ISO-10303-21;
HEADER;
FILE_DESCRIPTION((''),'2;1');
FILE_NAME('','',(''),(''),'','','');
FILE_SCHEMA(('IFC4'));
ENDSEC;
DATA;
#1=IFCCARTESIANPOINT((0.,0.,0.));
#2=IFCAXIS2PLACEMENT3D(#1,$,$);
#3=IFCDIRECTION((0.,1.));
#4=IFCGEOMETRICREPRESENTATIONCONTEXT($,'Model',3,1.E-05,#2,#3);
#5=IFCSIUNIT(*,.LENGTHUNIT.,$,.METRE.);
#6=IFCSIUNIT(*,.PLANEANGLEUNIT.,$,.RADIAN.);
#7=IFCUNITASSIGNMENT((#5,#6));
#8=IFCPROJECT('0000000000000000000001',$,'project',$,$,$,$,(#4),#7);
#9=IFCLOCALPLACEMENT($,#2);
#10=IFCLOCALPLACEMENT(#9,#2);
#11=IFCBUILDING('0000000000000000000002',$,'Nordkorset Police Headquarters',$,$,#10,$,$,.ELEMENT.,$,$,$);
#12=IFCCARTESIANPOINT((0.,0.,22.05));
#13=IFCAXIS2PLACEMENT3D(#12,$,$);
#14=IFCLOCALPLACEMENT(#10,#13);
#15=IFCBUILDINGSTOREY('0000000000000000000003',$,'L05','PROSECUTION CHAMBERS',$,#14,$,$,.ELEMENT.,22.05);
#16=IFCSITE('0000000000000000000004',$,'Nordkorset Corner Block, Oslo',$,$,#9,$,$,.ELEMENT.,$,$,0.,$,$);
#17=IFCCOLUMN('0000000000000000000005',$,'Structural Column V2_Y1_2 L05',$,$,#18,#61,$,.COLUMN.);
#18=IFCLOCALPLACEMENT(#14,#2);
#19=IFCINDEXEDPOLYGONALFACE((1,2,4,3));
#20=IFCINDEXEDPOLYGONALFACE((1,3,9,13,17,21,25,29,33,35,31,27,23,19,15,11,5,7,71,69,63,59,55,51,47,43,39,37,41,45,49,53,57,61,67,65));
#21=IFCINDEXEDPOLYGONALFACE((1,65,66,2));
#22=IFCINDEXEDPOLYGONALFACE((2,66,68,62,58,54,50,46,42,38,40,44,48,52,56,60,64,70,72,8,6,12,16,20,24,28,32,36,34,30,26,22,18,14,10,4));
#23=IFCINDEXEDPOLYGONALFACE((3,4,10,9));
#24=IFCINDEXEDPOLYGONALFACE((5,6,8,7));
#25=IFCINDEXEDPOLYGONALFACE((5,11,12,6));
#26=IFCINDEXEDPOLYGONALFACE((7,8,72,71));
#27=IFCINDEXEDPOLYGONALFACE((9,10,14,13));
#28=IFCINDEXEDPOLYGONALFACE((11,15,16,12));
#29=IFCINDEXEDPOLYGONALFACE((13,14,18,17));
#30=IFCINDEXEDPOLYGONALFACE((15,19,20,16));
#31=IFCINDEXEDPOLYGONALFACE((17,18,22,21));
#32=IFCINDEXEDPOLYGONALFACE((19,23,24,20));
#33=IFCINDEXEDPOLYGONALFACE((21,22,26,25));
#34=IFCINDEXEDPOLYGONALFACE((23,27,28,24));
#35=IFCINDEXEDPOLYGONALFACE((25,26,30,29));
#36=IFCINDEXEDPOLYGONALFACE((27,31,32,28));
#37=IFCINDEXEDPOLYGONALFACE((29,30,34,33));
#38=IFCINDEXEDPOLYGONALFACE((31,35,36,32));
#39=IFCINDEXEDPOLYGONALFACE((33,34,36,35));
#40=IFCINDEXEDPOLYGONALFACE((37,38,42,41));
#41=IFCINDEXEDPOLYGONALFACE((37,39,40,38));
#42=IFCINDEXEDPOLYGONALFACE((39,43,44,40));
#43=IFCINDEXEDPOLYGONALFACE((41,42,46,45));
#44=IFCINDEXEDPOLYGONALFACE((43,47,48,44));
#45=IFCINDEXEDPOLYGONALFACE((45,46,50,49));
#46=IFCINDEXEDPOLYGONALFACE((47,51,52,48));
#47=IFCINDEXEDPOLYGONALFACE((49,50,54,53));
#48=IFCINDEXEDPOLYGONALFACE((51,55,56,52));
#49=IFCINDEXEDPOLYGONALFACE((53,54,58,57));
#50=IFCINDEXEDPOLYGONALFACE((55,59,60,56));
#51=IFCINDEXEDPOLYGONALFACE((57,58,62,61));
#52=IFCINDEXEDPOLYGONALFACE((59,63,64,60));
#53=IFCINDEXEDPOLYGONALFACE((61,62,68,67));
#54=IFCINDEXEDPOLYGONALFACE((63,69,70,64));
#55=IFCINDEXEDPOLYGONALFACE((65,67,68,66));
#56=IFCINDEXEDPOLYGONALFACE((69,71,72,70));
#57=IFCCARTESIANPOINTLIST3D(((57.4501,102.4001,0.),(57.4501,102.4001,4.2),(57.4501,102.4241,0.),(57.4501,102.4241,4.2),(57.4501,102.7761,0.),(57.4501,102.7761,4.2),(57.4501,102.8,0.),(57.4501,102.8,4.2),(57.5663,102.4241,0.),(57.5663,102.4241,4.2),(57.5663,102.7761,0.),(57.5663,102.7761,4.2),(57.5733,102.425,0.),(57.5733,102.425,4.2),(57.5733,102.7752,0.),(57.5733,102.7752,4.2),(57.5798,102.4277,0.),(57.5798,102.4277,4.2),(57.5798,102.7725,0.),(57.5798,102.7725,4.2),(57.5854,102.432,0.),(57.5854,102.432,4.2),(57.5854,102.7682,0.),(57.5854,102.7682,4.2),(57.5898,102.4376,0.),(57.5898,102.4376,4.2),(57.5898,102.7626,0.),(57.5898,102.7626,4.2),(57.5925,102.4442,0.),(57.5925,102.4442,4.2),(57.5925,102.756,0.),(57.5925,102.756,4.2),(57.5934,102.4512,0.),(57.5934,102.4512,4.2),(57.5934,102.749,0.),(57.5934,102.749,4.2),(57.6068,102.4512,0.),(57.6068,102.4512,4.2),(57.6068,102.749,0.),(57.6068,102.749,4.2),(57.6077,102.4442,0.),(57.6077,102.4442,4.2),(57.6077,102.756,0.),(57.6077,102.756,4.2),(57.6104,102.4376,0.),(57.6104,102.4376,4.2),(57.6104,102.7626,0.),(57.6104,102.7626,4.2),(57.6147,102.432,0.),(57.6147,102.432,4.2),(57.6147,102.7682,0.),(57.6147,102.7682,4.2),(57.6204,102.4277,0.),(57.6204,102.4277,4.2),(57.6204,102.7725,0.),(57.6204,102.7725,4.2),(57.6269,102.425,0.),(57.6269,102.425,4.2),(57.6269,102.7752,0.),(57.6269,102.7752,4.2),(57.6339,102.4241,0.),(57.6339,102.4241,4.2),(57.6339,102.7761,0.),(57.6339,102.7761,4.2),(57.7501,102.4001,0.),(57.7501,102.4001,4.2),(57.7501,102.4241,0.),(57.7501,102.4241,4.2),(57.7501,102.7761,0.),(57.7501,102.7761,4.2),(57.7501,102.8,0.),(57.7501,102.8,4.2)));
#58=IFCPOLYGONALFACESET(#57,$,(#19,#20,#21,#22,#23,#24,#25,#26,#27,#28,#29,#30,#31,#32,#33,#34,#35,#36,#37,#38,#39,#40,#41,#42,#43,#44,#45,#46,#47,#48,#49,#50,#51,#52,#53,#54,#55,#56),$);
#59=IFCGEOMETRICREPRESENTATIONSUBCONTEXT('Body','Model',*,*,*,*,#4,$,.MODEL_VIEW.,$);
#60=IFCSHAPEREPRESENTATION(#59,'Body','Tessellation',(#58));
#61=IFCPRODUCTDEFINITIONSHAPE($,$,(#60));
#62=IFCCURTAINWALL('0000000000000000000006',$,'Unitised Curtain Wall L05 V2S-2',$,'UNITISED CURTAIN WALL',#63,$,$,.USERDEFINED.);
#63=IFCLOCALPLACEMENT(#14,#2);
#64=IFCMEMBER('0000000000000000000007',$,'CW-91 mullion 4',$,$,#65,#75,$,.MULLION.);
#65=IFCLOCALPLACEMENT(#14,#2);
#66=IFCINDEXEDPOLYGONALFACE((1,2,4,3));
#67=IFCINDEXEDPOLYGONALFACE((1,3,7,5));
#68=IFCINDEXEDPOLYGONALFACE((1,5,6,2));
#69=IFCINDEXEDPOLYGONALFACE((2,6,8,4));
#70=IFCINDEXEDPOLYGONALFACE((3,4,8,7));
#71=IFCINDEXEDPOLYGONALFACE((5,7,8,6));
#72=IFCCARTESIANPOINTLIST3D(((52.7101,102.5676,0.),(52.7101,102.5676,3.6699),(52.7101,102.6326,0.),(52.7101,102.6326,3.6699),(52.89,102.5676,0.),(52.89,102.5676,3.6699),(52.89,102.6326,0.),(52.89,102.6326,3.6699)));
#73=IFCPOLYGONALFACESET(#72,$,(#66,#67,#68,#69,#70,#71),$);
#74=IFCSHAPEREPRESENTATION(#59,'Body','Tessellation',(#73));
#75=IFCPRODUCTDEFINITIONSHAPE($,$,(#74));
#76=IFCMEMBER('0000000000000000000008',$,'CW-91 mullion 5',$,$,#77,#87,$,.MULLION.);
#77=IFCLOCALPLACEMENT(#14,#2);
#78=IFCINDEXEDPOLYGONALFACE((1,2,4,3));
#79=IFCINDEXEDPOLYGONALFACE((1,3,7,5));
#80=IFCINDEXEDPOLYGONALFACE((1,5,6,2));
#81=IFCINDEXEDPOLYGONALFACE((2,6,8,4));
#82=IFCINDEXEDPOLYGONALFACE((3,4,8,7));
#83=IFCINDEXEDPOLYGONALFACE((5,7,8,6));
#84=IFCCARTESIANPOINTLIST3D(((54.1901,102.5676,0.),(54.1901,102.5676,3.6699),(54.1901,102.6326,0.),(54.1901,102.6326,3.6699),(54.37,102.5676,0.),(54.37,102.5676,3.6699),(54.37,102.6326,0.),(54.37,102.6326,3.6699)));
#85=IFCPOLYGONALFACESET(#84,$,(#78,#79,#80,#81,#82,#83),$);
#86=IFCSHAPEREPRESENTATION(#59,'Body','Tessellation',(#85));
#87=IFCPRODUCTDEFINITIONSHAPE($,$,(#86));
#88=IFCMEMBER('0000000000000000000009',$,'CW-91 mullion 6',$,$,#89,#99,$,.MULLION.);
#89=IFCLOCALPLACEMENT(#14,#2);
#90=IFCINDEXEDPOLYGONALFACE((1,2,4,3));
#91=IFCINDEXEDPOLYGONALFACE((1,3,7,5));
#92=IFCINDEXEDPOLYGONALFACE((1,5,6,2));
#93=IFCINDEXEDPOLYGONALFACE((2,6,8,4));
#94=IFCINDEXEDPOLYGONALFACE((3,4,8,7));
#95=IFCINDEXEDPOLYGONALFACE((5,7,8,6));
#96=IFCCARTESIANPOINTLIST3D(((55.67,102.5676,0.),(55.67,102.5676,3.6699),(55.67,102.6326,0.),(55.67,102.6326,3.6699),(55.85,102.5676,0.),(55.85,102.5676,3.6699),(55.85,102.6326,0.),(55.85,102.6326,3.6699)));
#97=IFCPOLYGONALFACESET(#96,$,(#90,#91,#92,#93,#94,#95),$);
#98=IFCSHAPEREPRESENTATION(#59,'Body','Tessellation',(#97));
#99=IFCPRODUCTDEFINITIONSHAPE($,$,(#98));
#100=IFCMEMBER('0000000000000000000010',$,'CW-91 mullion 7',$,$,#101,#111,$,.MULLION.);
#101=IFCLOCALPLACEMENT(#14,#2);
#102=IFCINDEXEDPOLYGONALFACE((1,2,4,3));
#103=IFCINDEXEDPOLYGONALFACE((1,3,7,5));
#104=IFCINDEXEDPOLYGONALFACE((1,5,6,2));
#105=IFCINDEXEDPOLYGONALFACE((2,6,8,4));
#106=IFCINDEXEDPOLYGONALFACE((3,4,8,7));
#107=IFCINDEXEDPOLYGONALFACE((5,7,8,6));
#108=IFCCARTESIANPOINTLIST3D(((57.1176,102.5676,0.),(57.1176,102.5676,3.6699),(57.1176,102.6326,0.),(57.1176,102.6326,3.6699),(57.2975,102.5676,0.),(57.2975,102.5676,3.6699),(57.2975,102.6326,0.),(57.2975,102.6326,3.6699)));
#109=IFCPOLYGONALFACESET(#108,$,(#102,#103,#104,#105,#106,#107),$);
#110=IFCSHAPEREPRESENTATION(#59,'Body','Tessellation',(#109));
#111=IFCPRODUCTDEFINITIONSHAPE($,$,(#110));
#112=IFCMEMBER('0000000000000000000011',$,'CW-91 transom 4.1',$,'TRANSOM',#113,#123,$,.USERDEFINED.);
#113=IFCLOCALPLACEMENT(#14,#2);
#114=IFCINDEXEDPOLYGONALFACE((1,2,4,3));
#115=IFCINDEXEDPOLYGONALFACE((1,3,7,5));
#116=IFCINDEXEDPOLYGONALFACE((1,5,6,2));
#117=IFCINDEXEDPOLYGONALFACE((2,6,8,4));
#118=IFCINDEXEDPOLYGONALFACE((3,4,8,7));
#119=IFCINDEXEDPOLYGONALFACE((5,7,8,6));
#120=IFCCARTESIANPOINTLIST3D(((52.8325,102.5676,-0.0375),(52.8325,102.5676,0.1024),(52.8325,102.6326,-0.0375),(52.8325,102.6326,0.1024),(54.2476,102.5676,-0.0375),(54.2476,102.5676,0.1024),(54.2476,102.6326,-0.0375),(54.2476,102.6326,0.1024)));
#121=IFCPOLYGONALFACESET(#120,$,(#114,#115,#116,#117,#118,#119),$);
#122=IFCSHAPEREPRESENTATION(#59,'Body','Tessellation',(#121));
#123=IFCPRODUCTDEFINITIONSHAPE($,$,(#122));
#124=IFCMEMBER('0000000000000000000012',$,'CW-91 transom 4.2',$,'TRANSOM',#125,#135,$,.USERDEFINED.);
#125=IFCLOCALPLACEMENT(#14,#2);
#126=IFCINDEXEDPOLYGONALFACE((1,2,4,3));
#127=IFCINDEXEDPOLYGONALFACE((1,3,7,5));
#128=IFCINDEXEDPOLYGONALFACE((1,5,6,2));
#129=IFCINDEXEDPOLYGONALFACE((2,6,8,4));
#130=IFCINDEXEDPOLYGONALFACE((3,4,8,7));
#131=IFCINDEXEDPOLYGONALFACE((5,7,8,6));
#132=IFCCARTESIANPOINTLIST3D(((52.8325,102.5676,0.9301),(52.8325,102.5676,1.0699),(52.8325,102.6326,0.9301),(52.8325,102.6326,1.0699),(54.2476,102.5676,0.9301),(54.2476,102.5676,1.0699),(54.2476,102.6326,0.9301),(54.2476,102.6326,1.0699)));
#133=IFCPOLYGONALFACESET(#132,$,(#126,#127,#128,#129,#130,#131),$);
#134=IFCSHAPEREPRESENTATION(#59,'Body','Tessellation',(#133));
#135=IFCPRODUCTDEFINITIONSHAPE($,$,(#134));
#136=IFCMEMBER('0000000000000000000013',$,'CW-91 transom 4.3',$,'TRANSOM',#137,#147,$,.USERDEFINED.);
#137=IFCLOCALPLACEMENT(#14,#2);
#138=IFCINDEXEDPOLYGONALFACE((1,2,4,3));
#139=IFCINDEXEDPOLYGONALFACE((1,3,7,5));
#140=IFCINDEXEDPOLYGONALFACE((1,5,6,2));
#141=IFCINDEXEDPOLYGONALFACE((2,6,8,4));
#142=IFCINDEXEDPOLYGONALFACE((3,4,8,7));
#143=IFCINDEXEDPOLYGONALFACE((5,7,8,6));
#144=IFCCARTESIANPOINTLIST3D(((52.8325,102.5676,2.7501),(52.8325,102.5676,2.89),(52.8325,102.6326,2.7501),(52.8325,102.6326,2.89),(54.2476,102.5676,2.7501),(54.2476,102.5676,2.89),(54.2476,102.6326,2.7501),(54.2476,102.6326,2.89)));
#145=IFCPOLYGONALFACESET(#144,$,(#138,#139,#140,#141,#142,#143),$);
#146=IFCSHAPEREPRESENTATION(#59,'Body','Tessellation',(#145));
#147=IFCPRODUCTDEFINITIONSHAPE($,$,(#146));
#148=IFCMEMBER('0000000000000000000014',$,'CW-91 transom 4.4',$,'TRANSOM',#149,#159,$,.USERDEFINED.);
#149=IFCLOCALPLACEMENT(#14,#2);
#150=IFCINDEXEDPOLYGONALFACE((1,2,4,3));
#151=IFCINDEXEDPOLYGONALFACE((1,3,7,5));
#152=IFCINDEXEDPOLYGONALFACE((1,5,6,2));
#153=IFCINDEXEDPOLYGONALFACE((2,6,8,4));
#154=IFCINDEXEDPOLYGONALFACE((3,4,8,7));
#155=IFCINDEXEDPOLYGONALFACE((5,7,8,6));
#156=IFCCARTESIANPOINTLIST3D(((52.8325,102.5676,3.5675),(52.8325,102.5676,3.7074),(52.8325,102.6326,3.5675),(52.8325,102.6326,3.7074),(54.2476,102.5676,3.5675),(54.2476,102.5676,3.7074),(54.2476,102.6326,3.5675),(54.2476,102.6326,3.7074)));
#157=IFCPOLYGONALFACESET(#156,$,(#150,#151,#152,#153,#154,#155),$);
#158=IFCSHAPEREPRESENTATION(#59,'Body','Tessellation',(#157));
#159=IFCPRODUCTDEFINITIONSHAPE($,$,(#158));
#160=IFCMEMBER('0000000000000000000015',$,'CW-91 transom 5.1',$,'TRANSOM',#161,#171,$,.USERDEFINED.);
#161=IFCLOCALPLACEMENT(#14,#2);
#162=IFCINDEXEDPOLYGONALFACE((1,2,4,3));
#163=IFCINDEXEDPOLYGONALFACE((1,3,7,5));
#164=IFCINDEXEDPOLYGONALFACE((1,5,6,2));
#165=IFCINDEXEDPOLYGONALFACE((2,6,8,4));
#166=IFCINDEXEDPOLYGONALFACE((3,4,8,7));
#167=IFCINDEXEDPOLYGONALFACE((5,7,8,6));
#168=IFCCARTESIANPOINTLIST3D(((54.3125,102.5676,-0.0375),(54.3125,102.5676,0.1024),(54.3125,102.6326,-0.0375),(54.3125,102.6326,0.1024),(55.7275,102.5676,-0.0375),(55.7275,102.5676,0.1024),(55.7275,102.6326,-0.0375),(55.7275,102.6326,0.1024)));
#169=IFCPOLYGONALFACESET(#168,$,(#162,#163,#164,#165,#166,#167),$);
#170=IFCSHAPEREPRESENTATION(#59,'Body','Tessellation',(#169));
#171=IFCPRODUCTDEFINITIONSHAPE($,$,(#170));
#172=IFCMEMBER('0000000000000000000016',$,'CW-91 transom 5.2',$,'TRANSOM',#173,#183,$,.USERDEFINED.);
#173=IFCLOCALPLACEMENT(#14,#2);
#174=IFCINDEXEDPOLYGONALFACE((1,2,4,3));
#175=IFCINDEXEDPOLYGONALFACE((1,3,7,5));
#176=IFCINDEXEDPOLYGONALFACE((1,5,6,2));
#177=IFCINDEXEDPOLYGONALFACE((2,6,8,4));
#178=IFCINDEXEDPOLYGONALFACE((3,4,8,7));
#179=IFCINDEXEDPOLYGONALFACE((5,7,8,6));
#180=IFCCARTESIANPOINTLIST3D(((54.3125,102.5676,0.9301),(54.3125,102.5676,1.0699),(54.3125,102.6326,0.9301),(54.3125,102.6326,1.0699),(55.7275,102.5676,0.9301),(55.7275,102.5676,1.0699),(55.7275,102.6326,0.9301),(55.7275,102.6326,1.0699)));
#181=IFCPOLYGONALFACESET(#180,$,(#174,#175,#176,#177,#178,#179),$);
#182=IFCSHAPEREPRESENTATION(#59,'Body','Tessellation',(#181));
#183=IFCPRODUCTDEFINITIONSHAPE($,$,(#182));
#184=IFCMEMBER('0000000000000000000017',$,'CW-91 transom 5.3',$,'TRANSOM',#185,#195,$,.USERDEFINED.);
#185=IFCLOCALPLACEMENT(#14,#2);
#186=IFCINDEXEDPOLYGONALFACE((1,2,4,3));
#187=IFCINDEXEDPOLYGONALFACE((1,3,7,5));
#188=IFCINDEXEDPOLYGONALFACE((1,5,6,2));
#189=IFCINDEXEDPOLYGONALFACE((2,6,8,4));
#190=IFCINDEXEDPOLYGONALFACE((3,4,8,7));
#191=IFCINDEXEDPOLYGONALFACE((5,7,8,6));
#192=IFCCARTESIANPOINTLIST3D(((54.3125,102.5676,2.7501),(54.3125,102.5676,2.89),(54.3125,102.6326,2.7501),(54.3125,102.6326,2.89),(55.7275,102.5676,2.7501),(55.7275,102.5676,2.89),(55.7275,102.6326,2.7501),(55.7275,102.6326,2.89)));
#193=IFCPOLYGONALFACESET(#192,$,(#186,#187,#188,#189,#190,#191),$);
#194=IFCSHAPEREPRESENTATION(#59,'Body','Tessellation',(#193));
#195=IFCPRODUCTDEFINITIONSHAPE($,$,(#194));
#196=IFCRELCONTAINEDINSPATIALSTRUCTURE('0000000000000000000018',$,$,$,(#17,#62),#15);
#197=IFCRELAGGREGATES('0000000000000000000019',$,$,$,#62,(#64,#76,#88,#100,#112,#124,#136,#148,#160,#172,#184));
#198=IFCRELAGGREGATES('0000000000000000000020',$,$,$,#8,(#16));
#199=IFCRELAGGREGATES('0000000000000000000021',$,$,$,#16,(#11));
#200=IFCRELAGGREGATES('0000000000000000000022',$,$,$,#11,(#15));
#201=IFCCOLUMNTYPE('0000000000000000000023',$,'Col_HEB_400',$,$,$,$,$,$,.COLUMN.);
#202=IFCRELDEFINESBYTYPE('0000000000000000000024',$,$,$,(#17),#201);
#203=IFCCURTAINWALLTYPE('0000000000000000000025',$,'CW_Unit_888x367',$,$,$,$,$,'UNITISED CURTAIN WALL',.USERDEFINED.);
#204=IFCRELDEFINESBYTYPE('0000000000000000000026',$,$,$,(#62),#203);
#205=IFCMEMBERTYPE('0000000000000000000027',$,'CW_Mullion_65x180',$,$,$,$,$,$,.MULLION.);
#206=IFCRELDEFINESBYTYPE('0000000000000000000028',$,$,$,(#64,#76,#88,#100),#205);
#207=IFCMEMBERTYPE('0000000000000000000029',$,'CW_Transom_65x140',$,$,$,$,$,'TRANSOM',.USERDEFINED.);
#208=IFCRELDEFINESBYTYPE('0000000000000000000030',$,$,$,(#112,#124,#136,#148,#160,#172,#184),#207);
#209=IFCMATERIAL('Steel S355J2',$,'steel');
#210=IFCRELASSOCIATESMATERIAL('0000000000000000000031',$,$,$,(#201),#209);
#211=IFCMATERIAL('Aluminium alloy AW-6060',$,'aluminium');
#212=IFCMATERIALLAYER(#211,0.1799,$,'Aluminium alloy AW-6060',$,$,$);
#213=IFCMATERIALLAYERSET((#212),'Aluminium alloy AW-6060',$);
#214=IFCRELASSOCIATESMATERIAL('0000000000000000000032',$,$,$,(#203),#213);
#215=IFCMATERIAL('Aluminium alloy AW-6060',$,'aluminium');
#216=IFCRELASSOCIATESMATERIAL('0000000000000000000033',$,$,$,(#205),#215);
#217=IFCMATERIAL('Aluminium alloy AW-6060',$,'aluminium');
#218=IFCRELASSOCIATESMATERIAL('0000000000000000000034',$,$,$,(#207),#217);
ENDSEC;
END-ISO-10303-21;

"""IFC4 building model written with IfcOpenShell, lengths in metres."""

from ifc_helpers import new_model, si_unit, direction, frame, origin, origin_2d, place, context, subcontext, project, spatial, rectangle, i_section, extrude, material, layer, layer_set, material_profile, profile_set, type_object, element, aggregate, save


model = new_model("IFC4")

# Units and contexts
model_context = context("Model", 3, precision=1e-05, world=origin(), true_north=direction((0.0, 1.0)))
body_context = subcontext(model_context, "Body", "Model", "MODEL_VIEW")
ifc_project = project(units=[si_unit("LENGTHUNIT", "METRE"), si_unit("PLANEANGLEUNIT", "RADIAN")], contexts=[model_context])

# Site, building, storey
site_placement = place(None, origin())
site = spatial("IfcSite", under=ifc_project, at=site_placement, Name="Nordkorset Corner Block, Oslo", CompositionType="ELEMENT", RefElevation=0.0)
building_placement = place(site_placement, origin())
building = spatial("IfcBuilding", under=site, at=building_placement, Name="Nordkorset Police Headquarters", CompositionType="ELEMENT")
storey_placement = place(building_placement, frame((0.0, 0.0, 22.05)))
storey = spatial("IfcBuildingStorey", under=building, at=storey_placement, Name="L05", Description="PROSECUTION CHAMBERS", CompositionType="ELEMENT", Elevation=22.05)

# Column
ifc_material_1 = material(Name="Steel S355J2", Category="steel")
ifc_material_profile_1 = material_profile(ifc_material_1, i_section(OverallWidth=0.3, OverallDepth=0.3999, WebThickness=0.0134, FlangeThickness=0.0239, FilletRadius=0.0271, at=origin_2d()), Name="HEB 400")
ifc_profile_set_1 = profile_set([ifc_material_profile_1], Name="Steel S355J2")
column_type = type_object("IfcColumnType", Name="Col_HEB_400", PredefinedType="COLUMN", material=ifc_profile_set_1)
column_placement = place(storey_placement, frame((57.6001, 102.6001, 0.0), z_axis=(0.0, 0.0, 1.0), x_axis=(1.0, 0.0, 0.0)))
element("IfcColumn", 1, at=column_placement, inside=storey, type_object=column_type, Name="Structural Column V2_Y1_2 L05", PredefinedType="COLUMN", context=body_context, shape_type="SweptSolid", body=[
    extrude(i_section(OverallWidth=0.3, OverallDepth=0.3999, WebThickness=0.0134, FlangeThickness=0.0239, FilletRadius=0.0271, at=origin_2d()), origin(), (0.0, 0.0, 1.0), 4.2),
])

# Curtain wall, members
ifc_material_2 = material(Name="Aluminium alloy AW-6060", Category="aluminium")
ifc_layer_1 = layer(ifc_material_2, 0.1799, Name="Aluminium alloy AW-6060")
ifc_layer_set_1 = layer_set([ifc_layer_1], Name="Aluminium alloy AW-6060")
curtain_wall_type = type_object("IfcCurtainWallType", Name="CW_Unit_888x367", ElementType="UNITISED CURTAIN WALL", PredefinedType="USERDEFINED", material=ifc_layer_set_1)
curtain_wall_placement = place(storey_placement, origin())
curtain_wall = element("IfcCurtainWall", 2, at=curtain_wall_placement, inside=storey, type_object=curtain_wall_type, Name="Unitised Curtain Wall L05 V2S-2", ObjectType="UNITISED CURTAIN WALL", PredefinedType="USERDEFINED")
ifc_material_3 = material(Name="Aluminium alloy AW-6060", Category="aluminium")
ifc_material_profile_2 = material_profile(ifc_material_3, rectangle(XDim=0.0649, YDim=0.1799, at=origin_2d()), Name="ALU MULL 65x180")
ifc_profile_set_2 = profile_set([ifc_material_profile_2], Name="Aluminium alloy AW-6060")
member_type_1 = type_object("IfcMemberType", Name="CW_Mullion_65x180", PredefinedType="MULLION", material=ifc_profile_set_2)
member_1_placement = place(storey_placement, frame((52.8, 102.6001, 0.0), z_axis=(0.0, 0.0, 1.0), x_axis=(0.0, 1.0, 0.0)))
member_1 = element("IfcMember", 3, at=member_1_placement, type_object=member_type_1, Name="CW-91 mullion 4", PredefinedType="MULLION", context=body_context, shape_type="SweptSolid", body=[
    extrude(rectangle(XDim=0.0649, YDim=0.1799, at=origin_2d()), origin(), (0.0, 0.0, 1.0), 3.6699),
])
member_2_placement = place(storey_placement, frame((54.28, 102.6001, 0.0), z_axis=(0.0, 0.0, 1.0), x_axis=(0.0, 1.0, 0.0)))
member_2 = element("IfcMember", 4, at=member_2_placement, type_object=member_type_1, Name="CW-91 mullion 5", PredefinedType="MULLION", context=body_context, shape_type="SweptSolid", body=[
    extrude(rectangle(XDim=0.0649, YDim=0.1799, at=origin_2d()), origin(), (0.0, 0.0, 1.0), 3.6699),
])
member_3_placement = place(storey_placement, frame((55.76, 102.6001, 0.0), z_axis=(0.0, 0.0, 1.0), x_axis=(0.0, 1.0, 0.0)))
member_3 = element("IfcMember", 5, at=member_3_placement, type_object=member_type_1, Name="CW-91 mullion 6", PredefinedType="MULLION", context=body_context, shape_type="SweptSolid", body=[
    extrude(rectangle(XDim=0.0649, YDim=0.1799, at=origin_2d()), origin(), (0.0, 0.0, 1.0), 3.6699),
])
member_4_placement = place(storey_placement, frame((57.2075, 102.6001, 0.0), z_axis=(0.0, 0.0, 1.0), x_axis=(0.0, 1.0, 0.0)))
member_4 = element("IfcMember", 6, at=member_4_placement, type_object=member_type_1, Name="CW-91 mullion 7", PredefinedType="MULLION", context=body_context, shape_type="SweptSolid", body=[
    extrude(rectangle(XDim=0.0649, YDim=0.1799, at=origin_2d()), origin(), (0.0, 0.0, 1.0), 3.6699),
])
ifc_material_4 = material(Name="Aluminium alloy AW-6060", Category="aluminium")
ifc_material_profile_3 = material_profile(ifc_material_4, rectangle(XDim=0.0649, YDim=0.1399, at=origin_2d()), Name="ALU TRAN 65x140")
ifc_profile_set_3 = profile_set([ifc_material_profile_3], Name="Aluminium alloy AW-6060")
member_type_2 = type_object("IfcMemberType", Name="CW_Transom_65x140", ElementType="TRANSOM", PredefinedType="USERDEFINED", material=ifc_profile_set_3)
member_5_placement = place(storey_placement, frame((52.8325, 102.6001, 0.0325), z_axis=(1.0, 0.0, 0.0), x_axis=(0.0, 1.0, 0.0)))
member_5 = element("IfcMember", 7, at=member_5_placement, type_object=member_type_2, Name="CW-91 transom 4.1", ObjectType="TRANSOM", PredefinedType="USERDEFINED", context=body_context, shape_type="SweptSolid", body=[
    extrude(rectangle(XDim=0.0649, YDim=0.1399, at=origin_2d()), origin(), (0.0, 0.0, 1.0), 1.415),
])
member_6_placement = place(storey_placement, frame((52.8325, 102.6001, 1.0), z_axis=(1.0, 0.0, 0.0), x_axis=(0.0, 1.0, 0.0)))
member_6 = element("IfcMember", 8, at=member_6_placement, type_object=member_type_2, Name="CW-91 transom 4.2", ObjectType="TRANSOM", PredefinedType="USERDEFINED", context=body_context, shape_type="SweptSolid", body=[
    extrude(rectangle(XDim=0.0649, YDim=0.1399, at=origin_2d()), origin(), (0.0, 0.0, 1.0), 1.415),
])
member_7_placement = place(storey_placement, frame((52.8325, 102.6001, 2.8201), z_axis=(1.0, 0.0, 0.0), x_axis=(0.0, 1.0, 0.0)))
member_7 = element("IfcMember", 9, at=member_7_placement, type_object=member_type_2, Name="CW-91 transom 4.3", ObjectType="TRANSOM", PredefinedType="USERDEFINED", context=body_context, shape_type="SweptSolid", body=[
    extrude(rectangle(XDim=0.0649, YDim=0.1399, at=origin_2d()), origin(), (0.0, 0.0, 1.0), 1.415),
])
member_8_placement = place(storey_placement, frame((52.8325, 102.6001, 3.6375), z_axis=(1.0, 0.0, 0.0), x_axis=(0.0, 1.0, 0.0)))
member_8 = element("IfcMember", 10, at=member_8_placement, type_object=member_type_2, Name="CW-91 transom 4.4", ObjectType="TRANSOM", PredefinedType="USERDEFINED", context=body_context, shape_type="SweptSolid", body=[
    extrude(rectangle(XDim=0.0649, YDim=0.1399, at=origin_2d()), origin(), (0.0, 0.0, 1.0), 1.415),
])
member_9_placement = place(storey_placement, frame((54.3125, 102.6001, 0.0325), z_axis=(1.0, 0.0, 0.0), x_axis=(0.0, 1.0, 0.0)))
member_9 = element("IfcMember", 11, at=member_9_placement, type_object=member_type_2, Name="CW-91 transom 5.1", ObjectType="TRANSOM", PredefinedType="USERDEFINED", context=body_context, shape_type="SweptSolid", body=[
    extrude(rectangle(XDim=0.0649, YDim=0.1399, at=origin_2d()), origin(), (0.0, 0.0, 1.0), 1.415),
])
member_10_placement = place(storey_placement, frame((54.3125, 102.6001, 1.0), z_axis=(1.0, 0.0, 0.0), x_axis=(0.0, 1.0, 0.0)))
member_10 = element("IfcMember", 12, at=member_10_placement, type_object=member_type_2, Name="CW-91 transom 5.2", ObjectType="TRANSOM", PredefinedType="USERDEFINED", context=body_context, shape_type="SweptSolid", body=[
    extrude(rectangle(XDim=0.0649, YDim=0.1399, at=origin_2d()), origin(), (0.0, 0.0, 1.0), 1.415),
])
member_11_placement = place(storey_placement, frame((54.3125, 102.6001, 2.8201), z_axis=(1.0, 0.0, 0.0), x_axis=(0.0, 1.0, 0.0)))
member_11 = element("IfcMember", 13, at=member_11_placement, type_object=member_type_2, Name="CW-91 transom 5.3", ObjectType="TRANSOM", PredefinedType="USERDEFINED", context=body_context, shape_type="SweptSolid", body=[
    extrude(rectangle(XDim=0.0649, YDim=0.1399, at=origin_2d()), origin(), (0.0, 0.0, 1.0), 1.415),
])

aggregate(curtain_wall, [member_1, member_2, member_3, member_4, member_5, member_6, member_7, member_8, member_9, member_10, member_11])

save(model, "model.ifc")
